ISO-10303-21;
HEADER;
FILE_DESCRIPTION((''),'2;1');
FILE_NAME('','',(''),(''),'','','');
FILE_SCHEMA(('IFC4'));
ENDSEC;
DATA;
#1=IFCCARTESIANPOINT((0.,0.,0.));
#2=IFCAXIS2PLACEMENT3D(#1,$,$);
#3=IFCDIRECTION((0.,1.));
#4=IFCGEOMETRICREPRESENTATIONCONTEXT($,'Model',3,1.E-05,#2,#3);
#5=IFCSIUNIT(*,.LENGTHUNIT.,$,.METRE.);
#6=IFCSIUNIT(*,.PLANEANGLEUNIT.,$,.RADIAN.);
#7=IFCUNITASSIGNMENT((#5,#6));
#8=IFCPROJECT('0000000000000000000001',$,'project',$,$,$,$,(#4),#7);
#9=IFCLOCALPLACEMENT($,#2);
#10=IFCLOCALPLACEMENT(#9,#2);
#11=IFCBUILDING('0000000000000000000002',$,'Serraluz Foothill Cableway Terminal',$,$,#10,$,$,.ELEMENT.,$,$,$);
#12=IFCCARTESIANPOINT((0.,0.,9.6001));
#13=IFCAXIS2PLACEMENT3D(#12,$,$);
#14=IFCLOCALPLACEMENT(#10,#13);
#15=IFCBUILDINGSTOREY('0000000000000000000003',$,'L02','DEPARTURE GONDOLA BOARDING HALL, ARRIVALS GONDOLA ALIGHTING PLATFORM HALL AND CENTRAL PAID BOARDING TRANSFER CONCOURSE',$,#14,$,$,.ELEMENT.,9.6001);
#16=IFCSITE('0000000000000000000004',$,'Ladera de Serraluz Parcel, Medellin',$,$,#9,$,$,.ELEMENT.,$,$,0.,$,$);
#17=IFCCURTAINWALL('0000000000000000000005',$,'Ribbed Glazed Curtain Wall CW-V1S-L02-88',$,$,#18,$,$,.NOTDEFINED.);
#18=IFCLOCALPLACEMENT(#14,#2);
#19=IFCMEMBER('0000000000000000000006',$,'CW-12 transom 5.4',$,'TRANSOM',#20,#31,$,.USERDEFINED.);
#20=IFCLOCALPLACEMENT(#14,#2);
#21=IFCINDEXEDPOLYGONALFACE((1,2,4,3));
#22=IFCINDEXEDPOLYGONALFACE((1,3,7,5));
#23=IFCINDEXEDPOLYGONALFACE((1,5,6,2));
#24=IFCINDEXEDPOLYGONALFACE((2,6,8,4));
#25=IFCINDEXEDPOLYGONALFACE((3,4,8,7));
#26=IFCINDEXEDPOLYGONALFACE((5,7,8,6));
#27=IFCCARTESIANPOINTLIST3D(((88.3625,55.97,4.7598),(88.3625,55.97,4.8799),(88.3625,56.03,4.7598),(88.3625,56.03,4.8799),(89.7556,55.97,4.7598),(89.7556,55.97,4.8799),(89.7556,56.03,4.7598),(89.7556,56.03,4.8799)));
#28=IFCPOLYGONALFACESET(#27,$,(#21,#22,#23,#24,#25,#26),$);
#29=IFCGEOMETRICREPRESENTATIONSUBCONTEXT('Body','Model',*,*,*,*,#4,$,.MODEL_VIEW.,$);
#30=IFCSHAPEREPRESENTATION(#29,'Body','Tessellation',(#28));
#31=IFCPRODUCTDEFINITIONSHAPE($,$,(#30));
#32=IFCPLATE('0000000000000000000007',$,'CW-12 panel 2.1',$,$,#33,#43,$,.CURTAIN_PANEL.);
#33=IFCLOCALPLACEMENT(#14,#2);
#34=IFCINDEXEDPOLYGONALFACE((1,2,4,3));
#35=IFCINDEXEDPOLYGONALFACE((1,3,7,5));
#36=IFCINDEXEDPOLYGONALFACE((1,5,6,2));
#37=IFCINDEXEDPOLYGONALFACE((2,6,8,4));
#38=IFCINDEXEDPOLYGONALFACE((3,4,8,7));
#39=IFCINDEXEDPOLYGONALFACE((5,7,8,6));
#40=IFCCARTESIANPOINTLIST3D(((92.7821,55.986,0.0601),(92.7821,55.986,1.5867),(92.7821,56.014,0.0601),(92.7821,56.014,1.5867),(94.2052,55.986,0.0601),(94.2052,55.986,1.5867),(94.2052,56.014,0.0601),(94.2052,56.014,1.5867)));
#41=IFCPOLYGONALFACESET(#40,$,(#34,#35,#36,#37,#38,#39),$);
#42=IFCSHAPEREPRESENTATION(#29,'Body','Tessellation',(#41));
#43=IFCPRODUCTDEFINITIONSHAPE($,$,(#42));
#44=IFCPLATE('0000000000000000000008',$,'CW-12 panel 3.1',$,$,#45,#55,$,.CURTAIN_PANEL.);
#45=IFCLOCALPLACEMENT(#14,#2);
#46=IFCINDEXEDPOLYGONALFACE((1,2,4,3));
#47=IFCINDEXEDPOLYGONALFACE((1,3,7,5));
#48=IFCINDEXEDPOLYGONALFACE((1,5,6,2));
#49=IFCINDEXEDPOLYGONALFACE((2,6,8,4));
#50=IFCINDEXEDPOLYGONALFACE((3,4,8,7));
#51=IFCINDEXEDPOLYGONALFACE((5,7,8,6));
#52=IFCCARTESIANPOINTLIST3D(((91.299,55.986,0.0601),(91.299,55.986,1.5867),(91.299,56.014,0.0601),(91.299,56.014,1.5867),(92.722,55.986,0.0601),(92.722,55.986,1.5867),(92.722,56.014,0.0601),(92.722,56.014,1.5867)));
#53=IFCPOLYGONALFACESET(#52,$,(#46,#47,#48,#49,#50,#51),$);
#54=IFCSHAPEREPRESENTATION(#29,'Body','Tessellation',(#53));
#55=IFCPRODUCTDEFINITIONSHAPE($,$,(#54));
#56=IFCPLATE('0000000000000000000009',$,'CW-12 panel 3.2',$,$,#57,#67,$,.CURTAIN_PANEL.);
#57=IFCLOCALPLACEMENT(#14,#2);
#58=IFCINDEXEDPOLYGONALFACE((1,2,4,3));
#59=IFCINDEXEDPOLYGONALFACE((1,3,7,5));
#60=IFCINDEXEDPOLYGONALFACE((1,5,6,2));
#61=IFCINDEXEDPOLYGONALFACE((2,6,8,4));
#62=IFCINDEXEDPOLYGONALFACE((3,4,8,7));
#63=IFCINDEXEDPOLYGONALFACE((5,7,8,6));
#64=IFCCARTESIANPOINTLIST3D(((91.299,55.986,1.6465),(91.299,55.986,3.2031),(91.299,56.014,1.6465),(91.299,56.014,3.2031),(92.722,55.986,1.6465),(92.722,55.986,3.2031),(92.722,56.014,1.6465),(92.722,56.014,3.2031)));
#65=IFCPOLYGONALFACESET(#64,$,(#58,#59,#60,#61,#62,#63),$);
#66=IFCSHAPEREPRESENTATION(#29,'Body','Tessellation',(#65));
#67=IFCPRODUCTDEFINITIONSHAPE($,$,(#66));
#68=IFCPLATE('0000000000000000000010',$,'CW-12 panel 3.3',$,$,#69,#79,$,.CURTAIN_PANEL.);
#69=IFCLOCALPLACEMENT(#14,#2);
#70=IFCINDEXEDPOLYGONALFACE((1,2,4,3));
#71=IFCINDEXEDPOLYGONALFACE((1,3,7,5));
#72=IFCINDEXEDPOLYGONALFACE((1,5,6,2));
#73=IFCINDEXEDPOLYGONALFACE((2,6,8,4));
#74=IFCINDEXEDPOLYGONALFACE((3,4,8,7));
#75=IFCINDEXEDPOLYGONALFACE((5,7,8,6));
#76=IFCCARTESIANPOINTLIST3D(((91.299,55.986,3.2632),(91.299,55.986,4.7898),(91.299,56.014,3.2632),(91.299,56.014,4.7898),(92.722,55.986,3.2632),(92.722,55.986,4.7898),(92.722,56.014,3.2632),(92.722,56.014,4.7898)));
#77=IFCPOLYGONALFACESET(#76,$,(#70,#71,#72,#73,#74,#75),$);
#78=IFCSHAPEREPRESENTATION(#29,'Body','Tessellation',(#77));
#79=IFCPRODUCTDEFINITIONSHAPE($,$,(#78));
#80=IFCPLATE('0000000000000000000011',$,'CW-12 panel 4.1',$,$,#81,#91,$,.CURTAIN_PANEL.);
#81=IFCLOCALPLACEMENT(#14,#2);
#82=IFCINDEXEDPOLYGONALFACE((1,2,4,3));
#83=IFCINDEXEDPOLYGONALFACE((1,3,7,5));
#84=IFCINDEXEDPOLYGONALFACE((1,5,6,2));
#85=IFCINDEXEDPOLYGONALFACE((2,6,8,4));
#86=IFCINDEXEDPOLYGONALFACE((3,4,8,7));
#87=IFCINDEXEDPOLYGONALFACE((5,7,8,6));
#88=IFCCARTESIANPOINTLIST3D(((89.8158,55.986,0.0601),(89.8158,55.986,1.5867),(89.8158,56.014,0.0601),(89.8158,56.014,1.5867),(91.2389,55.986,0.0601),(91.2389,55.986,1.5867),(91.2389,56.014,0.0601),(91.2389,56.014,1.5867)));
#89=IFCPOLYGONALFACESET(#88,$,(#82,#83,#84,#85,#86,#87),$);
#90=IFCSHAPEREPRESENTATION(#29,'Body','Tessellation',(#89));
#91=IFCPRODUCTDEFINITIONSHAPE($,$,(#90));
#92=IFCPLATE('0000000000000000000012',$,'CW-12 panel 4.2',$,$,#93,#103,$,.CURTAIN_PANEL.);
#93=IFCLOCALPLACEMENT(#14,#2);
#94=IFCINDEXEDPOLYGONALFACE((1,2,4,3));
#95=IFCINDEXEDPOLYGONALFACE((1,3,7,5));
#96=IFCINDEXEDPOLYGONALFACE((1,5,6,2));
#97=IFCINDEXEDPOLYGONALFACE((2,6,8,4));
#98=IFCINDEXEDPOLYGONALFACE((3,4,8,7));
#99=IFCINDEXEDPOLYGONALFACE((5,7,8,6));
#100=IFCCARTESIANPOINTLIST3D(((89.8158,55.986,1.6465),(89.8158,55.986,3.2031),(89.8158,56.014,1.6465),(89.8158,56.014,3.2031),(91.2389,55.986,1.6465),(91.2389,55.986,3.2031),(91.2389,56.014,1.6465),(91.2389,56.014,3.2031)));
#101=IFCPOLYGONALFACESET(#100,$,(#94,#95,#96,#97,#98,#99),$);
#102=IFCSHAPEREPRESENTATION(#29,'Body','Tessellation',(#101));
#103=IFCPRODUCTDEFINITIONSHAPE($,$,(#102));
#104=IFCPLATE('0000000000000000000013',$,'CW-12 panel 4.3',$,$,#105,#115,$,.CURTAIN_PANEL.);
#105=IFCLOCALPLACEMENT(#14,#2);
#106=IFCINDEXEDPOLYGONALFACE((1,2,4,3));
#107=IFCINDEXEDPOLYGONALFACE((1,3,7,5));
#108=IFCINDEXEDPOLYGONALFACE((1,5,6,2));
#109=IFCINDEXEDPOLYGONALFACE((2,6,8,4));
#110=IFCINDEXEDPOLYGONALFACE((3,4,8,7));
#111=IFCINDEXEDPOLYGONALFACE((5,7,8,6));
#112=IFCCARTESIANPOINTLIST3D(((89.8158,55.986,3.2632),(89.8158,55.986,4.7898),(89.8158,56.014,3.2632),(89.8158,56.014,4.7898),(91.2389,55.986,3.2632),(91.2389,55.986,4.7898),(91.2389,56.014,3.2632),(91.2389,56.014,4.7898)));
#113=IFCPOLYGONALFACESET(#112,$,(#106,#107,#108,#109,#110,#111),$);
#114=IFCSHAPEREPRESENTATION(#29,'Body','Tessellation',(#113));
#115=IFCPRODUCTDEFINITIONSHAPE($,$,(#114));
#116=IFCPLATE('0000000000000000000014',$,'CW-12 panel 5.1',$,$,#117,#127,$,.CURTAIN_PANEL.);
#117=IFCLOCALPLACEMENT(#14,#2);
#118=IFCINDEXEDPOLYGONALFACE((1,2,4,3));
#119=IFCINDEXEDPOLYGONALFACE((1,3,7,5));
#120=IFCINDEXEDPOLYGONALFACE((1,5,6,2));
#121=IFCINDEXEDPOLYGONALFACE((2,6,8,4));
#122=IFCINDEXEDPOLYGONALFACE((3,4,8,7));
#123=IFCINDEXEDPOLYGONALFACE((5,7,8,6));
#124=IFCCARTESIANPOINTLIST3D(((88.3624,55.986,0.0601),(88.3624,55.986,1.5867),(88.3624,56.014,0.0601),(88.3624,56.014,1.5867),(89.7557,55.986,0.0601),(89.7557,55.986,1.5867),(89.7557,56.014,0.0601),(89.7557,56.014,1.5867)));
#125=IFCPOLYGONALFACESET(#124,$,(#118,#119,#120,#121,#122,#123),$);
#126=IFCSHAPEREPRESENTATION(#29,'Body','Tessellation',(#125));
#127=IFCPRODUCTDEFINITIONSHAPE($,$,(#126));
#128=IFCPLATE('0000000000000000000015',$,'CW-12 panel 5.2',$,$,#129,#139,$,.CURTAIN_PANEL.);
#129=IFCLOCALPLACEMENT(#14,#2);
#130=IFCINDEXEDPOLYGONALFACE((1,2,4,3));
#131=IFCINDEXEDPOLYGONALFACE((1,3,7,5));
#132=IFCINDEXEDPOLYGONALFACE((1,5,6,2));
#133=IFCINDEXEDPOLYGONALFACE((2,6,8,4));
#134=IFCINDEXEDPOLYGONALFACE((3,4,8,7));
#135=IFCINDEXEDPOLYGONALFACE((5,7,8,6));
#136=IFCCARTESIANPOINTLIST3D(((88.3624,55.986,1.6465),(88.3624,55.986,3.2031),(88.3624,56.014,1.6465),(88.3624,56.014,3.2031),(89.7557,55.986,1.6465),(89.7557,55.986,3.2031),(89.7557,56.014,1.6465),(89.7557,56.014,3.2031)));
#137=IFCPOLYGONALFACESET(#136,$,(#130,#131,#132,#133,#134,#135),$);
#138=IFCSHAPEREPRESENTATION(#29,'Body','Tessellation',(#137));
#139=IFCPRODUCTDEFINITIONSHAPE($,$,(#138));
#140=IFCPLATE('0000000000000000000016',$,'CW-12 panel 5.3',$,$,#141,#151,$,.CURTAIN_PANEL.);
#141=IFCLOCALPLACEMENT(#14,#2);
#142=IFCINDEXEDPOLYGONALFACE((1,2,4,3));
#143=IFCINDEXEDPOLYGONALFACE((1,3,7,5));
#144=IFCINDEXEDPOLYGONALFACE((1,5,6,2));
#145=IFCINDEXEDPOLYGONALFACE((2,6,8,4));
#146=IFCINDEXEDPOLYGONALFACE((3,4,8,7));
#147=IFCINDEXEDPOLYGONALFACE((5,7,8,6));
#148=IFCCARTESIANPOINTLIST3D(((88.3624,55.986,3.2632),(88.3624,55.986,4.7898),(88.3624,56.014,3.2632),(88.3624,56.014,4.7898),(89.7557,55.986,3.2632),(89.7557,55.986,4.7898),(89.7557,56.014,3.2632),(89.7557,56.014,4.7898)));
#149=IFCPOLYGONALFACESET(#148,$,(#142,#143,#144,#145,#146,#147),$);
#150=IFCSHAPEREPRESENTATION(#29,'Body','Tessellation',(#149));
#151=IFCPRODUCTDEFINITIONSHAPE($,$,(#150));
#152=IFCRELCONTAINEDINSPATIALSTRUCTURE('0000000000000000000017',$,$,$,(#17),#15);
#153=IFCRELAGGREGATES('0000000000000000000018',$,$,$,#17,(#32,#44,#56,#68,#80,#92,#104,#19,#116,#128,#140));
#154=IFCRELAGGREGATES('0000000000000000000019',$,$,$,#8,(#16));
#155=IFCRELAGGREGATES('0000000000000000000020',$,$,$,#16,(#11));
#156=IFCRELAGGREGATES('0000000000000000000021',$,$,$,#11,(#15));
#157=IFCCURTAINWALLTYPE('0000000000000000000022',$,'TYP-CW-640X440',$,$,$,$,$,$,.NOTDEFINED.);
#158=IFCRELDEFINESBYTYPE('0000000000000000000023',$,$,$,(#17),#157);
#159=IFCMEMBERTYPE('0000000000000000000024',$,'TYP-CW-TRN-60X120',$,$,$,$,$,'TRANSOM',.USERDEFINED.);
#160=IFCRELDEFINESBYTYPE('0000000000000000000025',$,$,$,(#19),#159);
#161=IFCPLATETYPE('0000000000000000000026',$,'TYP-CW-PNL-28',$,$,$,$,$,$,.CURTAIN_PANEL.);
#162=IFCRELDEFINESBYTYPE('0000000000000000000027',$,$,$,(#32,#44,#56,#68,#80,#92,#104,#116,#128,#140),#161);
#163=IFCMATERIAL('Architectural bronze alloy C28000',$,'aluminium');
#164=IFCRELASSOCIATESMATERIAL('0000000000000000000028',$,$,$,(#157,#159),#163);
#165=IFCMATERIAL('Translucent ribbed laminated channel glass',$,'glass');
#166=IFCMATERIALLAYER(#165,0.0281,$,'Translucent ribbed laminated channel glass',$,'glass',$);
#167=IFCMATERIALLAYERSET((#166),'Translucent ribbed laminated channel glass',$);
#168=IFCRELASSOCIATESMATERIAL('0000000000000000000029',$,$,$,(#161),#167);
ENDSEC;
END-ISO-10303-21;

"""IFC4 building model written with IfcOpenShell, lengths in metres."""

from ifc_helpers import new_model, si_unit, direction, frame, origin, origin_2d, place, context, subcontext, project, spatial, rectangle, extrude, material, layer, layer_set, material_profile, profile_set, type_object, element, aggregate, save


model = new_model("IFC4")

# Units and contexts
model_context = context("Model", 3, precision=1e-05, world=origin(), true_north=direction((0.0, 1.0)))
body_context = subcontext(model_context, "Body", "Model", "MODEL_VIEW")
ifc_project = project(units=[si_unit("LENGTHUNIT", "METRE"), si_unit("PLANEANGLEUNIT", "RADIAN")], contexts=[model_context])

# Site, building, storey
site_placement = place(None, origin())
site = spatial("IfcSite", under=ifc_project, at=site_placement, Name="Ladera de Serraluz Parcel, Medellin", CompositionType="ELEMENT", RefElevation=0.0)
building_placement = place(site_placement, origin())
building = spatial("IfcBuilding", under=site, at=building_placement, Name="Serraluz Foothill Cableway Terminal", CompositionType="ELEMENT")
storey_placement = place(building_placement, frame((0.0, 0.0, 9.6001)))
storey = spatial("IfcBuildingStorey", under=building, at=storey_placement, Name="L02", Description="DEPARTURE GONDOLA BOARDING HALL, ARRIVALS GONDOLA ALIGHTING PLATFORM HALL AND CENTRAL PAID BOARDING TRANSFER CONCOURSE", CompositionType="ELEMENT", Elevation=9.6001)

# Curtain wall, member, plates
ifc_material_1 = material(Name="Architectural bronze alloy C28000", Category="aluminium")
curtain_wall_type = type_object("IfcCurtainWallType", Name="TYP-CW-640X440", PredefinedType="NOTDEFINED", material=ifc_material_1)
curtain_wall_placement = place(storey_placement, origin())
curtain_wall = element("IfcCurtainWall", 1, at=curtain_wall_placement, inside=storey, type_object=curtain_wall_type, Name="Ribbed Glazed Curtain Wall CW-V1S-L02-88", PredefinedType="NOTDEFINED")
ifc_material_profile_1 = material_profile(ifc_material_1, rectangle(XDim=0.0601, YDim=0.1201, at=origin_2d()), Name="ALU TRANSOM 60x120")
ifc_profile_set_1 = profile_set([ifc_material_profile_1], Name="Architectural bronze alloy C28000")
member_type_1 = type_object("IfcMemberType", Name="TYP-CW-TRN-60X120", ElementType="TRANSOM", PredefinedType="USERDEFINED", material=ifc_profile_set_1)
member_1_placement = place(storey_placement, frame((89.7556, 56.0, 4.8198), z_axis=(-1.0, 0.0, 0.0), x_axis=(0.0, -1.0, 0.0)))
member_1 = element("IfcMember", 2, at=member_1_placement, type_object=member_type_1, Name="CW-12 transom 5.4", ObjectType="TRANSOM", PredefinedType="USERDEFINED", context=body_context, shape_type="SweptSolid", body=[
    extrude(rectangle(XDim=0.0601, YDim=0.1201, at=origin_2d()), origin(), (0.0, 0.0, 1.0), 1.3931),
])
ifc_material_2 = material(Name="Translucent ribbed laminated channel glass", Category="glass")
ifc_layer = layer(ifc_material_2, 0.0281, Name="Translucent ribbed laminated channel glass", Category="glass")
ifc_layer_set = layer_set([ifc_layer], Name="Translucent ribbed laminated channel glass")
plate_type = type_object("IfcPlateType", Name="TYP-CW-PNL-28", PredefinedType="CURTAIN_PANEL", material=ifc_layer_set)
plate_1_placement = place(storey_placement, frame((93.4937, 56.0, 0.0601), z_axis=(0.0, 0.0, 1.0), x_axis=(-1.0, 0.0, 0.0)))
plate_1 = element("IfcPlate", 3, at=plate_1_placement, type_object=plate_type, Name="CW-12 panel 2.1", PredefinedType="CURTAIN_PANEL", context=body_context, shape_type="SweptSolid", body=[
    extrude(rectangle(XDim=1.4231, YDim=0.0281, at=origin_2d()), origin(), (0.0, 0.0, 1.0), 1.5266),
])
plate_2_placement = place(storey_placement, frame((92.0105, 56.0, 0.0601), z_axis=(0.0, 0.0, 1.0), x_axis=(-1.0, 0.0, 0.0)))
plate_2 = element("IfcPlate", 4, at=plate_2_placement, type_object=plate_type, Name="CW-12 panel 3.1", PredefinedType="CURTAIN_PANEL", context=body_context, shape_type="SweptSolid", body=[
    extrude(rectangle(XDim=1.4231, YDim=0.0281, at=origin_2d()), origin(), (0.0, 0.0, 1.0), 1.5266),
])
plate_3_placement = place(storey_placement, frame((92.0105, 56.0, 1.6465), z_axis=(0.0, 0.0, 1.0), x_axis=(-1.0, 0.0, 0.0)))
plate_3 = element("IfcPlate", 5, at=plate_3_placement, type_object=plate_type, Name="CW-12 panel 3.2", PredefinedType="CURTAIN_PANEL", context=body_context, shape_type="SweptSolid", body=[
    extrude(rectangle(XDim=1.4231, YDim=0.0281, at=origin_2d()), origin(), (0.0, 0.0, 1.0), 1.5566),
])
plate_4_placement = place(storey_placement, frame((92.0105, 56.0, 3.2632), z_axis=(0.0, 0.0, 1.0), x_axis=(-1.0, 0.0, 0.0)))
plate_4 = element("IfcPlate", 6, at=plate_4_placement, type_object=plate_type, Name="CW-12 panel 3.3", PredefinedType="CURTAIN_PANEL", context=body_context, shape_type="SweptSolid", body=[
    extrude(rectangle(XDim=1.4231, YDim=0.0281, at=origin_2d()), origin(), (0.0, 0.0, 1.0), 1.5266),
])
plate_5_placement = place(storey_placement, frame((90.5273, 56.0, 0.0601), z_axis=(0.0, 0.0, 1.0), x_axis=(-1.0, 0.0, 0.0)))
plate_5 = element("IfcPlate", 7, at=plate_5_placement, type_object=plate_type, Name="CW-12 panel 4.1", PredefinedType="CURTAIN_PANEL", context=body_context, shape_type="SweptSolid", body=[
    extrude(rectangle(XDim=1.4231, YDim=0.0281, at=origin_2d()), origin(), (0.0, 0.0, 1.0), 1.5266),
])
plate_6_placement = place(storey_placement, frame((90.5273, 56.0, 1.6465), z_axis=(0.0, 0.0, 1.0), x_axis=(-1.0, 0.0, 0.0)))
plate_6 = element("IfcPlate", 8, at=plate_6_placement, type_object=plate_type, Name="CW-12 panel 4.2", PredefinedType="CURTAIN_PANEL", context=body_context, shape_type="SweptSolid", body=[
    extrude(rectangle(XDim=1.4231, YDim=0.0281, at=origin_2d()), origin(), (0.0, 0.0, 1.0), 1.5566),
])
plate_7_placement = place(storey_placement, frame((90.5273, 56.0, 3.2632), z_axis=(0.0, 0.0, 1.0), x_axis=(-1.0, 0.0, 0.0)))
plate_7 = element("IfcPlate", 9, at=plate_7_placement, type_object=plate_type, Name="CW-12 panel 4.3", PredefinedType="CURTAIN_PANEL", context=body_context, shape_type="SweptSolid", body=[
    extrude(rectangle(XDim=1.4231, YDim=0.0281, at=origin_2d()), origin(), (0.0, 0.0, 1.0), 1.5266),
])
plate_8_placement = place(storey_placement, frame((89.0591, 56.0, 0.0601), z_axis=(0.0, 0.0, 1.0), x_axis=(-1.0, 0.0, 0.0)))
plate_8 = element("IfcPlate", 10, at=plate_8_placement, type_object=plate_type, Name="CW-12 panel 5.1", PredefinedType="CURTAIN_PANEL", context=body_context, shape_type="SweptSolid", body=[
    extrude(rectangle(XDim=1.3933, YDim=0.0281, at=origin_2d()), origin(), (0.0, 0.0, 1.0), 1.5266),
])
plate_9_placement = place(storey_placement, frame((89.0591, 56.0, 1.6465), z_axis=(0.0, 0.0, 1.0), x_axis=(-1.0, 0.0, 0.0)))
plate_9 = element("IfcPlate", 11, at=plate_9_placement, type_object=plate_type, Name="CW-12 panel 5.2", PredefinedType="CURTAIN_PANEL", context=body_context, shape_type="SweptSolid", body=[
    extrude(rectangle(XDim=1.3933, YDim=0.0281, at=origin_2d()), origin(), (0.0, 0.0, 1.0), 1.5566),
])
plate_10_placement = place(storey_placement, frame((89.0591, 56.0, 3.2632), z_axis=(0.0, 0.0, 1.0), x_axis=(-1.0, 0.0, 0.0)))
plate_10 = element("IfcPlate", 12, at=plate_10_placement, type_object=plate_type, Name="CW-12 panel 5.3", PredefinedType="CURTAIN_PANEL", context=body_context, shape_type="SweptSolid", body=[
    extrude(rectangle(XDim=1.3933, YDim=0.0281, at=origin_2d()), origin(), (0.0, 0.0, 1.0), 1.5266),
])
aggregate(curtain_wall, [plate_1, plate_2, plate_3, plate_4, plate_5, plate_6, plate_7, member_1, plate_8, plate_9, plate_10])

save(model, "model.ifc")
